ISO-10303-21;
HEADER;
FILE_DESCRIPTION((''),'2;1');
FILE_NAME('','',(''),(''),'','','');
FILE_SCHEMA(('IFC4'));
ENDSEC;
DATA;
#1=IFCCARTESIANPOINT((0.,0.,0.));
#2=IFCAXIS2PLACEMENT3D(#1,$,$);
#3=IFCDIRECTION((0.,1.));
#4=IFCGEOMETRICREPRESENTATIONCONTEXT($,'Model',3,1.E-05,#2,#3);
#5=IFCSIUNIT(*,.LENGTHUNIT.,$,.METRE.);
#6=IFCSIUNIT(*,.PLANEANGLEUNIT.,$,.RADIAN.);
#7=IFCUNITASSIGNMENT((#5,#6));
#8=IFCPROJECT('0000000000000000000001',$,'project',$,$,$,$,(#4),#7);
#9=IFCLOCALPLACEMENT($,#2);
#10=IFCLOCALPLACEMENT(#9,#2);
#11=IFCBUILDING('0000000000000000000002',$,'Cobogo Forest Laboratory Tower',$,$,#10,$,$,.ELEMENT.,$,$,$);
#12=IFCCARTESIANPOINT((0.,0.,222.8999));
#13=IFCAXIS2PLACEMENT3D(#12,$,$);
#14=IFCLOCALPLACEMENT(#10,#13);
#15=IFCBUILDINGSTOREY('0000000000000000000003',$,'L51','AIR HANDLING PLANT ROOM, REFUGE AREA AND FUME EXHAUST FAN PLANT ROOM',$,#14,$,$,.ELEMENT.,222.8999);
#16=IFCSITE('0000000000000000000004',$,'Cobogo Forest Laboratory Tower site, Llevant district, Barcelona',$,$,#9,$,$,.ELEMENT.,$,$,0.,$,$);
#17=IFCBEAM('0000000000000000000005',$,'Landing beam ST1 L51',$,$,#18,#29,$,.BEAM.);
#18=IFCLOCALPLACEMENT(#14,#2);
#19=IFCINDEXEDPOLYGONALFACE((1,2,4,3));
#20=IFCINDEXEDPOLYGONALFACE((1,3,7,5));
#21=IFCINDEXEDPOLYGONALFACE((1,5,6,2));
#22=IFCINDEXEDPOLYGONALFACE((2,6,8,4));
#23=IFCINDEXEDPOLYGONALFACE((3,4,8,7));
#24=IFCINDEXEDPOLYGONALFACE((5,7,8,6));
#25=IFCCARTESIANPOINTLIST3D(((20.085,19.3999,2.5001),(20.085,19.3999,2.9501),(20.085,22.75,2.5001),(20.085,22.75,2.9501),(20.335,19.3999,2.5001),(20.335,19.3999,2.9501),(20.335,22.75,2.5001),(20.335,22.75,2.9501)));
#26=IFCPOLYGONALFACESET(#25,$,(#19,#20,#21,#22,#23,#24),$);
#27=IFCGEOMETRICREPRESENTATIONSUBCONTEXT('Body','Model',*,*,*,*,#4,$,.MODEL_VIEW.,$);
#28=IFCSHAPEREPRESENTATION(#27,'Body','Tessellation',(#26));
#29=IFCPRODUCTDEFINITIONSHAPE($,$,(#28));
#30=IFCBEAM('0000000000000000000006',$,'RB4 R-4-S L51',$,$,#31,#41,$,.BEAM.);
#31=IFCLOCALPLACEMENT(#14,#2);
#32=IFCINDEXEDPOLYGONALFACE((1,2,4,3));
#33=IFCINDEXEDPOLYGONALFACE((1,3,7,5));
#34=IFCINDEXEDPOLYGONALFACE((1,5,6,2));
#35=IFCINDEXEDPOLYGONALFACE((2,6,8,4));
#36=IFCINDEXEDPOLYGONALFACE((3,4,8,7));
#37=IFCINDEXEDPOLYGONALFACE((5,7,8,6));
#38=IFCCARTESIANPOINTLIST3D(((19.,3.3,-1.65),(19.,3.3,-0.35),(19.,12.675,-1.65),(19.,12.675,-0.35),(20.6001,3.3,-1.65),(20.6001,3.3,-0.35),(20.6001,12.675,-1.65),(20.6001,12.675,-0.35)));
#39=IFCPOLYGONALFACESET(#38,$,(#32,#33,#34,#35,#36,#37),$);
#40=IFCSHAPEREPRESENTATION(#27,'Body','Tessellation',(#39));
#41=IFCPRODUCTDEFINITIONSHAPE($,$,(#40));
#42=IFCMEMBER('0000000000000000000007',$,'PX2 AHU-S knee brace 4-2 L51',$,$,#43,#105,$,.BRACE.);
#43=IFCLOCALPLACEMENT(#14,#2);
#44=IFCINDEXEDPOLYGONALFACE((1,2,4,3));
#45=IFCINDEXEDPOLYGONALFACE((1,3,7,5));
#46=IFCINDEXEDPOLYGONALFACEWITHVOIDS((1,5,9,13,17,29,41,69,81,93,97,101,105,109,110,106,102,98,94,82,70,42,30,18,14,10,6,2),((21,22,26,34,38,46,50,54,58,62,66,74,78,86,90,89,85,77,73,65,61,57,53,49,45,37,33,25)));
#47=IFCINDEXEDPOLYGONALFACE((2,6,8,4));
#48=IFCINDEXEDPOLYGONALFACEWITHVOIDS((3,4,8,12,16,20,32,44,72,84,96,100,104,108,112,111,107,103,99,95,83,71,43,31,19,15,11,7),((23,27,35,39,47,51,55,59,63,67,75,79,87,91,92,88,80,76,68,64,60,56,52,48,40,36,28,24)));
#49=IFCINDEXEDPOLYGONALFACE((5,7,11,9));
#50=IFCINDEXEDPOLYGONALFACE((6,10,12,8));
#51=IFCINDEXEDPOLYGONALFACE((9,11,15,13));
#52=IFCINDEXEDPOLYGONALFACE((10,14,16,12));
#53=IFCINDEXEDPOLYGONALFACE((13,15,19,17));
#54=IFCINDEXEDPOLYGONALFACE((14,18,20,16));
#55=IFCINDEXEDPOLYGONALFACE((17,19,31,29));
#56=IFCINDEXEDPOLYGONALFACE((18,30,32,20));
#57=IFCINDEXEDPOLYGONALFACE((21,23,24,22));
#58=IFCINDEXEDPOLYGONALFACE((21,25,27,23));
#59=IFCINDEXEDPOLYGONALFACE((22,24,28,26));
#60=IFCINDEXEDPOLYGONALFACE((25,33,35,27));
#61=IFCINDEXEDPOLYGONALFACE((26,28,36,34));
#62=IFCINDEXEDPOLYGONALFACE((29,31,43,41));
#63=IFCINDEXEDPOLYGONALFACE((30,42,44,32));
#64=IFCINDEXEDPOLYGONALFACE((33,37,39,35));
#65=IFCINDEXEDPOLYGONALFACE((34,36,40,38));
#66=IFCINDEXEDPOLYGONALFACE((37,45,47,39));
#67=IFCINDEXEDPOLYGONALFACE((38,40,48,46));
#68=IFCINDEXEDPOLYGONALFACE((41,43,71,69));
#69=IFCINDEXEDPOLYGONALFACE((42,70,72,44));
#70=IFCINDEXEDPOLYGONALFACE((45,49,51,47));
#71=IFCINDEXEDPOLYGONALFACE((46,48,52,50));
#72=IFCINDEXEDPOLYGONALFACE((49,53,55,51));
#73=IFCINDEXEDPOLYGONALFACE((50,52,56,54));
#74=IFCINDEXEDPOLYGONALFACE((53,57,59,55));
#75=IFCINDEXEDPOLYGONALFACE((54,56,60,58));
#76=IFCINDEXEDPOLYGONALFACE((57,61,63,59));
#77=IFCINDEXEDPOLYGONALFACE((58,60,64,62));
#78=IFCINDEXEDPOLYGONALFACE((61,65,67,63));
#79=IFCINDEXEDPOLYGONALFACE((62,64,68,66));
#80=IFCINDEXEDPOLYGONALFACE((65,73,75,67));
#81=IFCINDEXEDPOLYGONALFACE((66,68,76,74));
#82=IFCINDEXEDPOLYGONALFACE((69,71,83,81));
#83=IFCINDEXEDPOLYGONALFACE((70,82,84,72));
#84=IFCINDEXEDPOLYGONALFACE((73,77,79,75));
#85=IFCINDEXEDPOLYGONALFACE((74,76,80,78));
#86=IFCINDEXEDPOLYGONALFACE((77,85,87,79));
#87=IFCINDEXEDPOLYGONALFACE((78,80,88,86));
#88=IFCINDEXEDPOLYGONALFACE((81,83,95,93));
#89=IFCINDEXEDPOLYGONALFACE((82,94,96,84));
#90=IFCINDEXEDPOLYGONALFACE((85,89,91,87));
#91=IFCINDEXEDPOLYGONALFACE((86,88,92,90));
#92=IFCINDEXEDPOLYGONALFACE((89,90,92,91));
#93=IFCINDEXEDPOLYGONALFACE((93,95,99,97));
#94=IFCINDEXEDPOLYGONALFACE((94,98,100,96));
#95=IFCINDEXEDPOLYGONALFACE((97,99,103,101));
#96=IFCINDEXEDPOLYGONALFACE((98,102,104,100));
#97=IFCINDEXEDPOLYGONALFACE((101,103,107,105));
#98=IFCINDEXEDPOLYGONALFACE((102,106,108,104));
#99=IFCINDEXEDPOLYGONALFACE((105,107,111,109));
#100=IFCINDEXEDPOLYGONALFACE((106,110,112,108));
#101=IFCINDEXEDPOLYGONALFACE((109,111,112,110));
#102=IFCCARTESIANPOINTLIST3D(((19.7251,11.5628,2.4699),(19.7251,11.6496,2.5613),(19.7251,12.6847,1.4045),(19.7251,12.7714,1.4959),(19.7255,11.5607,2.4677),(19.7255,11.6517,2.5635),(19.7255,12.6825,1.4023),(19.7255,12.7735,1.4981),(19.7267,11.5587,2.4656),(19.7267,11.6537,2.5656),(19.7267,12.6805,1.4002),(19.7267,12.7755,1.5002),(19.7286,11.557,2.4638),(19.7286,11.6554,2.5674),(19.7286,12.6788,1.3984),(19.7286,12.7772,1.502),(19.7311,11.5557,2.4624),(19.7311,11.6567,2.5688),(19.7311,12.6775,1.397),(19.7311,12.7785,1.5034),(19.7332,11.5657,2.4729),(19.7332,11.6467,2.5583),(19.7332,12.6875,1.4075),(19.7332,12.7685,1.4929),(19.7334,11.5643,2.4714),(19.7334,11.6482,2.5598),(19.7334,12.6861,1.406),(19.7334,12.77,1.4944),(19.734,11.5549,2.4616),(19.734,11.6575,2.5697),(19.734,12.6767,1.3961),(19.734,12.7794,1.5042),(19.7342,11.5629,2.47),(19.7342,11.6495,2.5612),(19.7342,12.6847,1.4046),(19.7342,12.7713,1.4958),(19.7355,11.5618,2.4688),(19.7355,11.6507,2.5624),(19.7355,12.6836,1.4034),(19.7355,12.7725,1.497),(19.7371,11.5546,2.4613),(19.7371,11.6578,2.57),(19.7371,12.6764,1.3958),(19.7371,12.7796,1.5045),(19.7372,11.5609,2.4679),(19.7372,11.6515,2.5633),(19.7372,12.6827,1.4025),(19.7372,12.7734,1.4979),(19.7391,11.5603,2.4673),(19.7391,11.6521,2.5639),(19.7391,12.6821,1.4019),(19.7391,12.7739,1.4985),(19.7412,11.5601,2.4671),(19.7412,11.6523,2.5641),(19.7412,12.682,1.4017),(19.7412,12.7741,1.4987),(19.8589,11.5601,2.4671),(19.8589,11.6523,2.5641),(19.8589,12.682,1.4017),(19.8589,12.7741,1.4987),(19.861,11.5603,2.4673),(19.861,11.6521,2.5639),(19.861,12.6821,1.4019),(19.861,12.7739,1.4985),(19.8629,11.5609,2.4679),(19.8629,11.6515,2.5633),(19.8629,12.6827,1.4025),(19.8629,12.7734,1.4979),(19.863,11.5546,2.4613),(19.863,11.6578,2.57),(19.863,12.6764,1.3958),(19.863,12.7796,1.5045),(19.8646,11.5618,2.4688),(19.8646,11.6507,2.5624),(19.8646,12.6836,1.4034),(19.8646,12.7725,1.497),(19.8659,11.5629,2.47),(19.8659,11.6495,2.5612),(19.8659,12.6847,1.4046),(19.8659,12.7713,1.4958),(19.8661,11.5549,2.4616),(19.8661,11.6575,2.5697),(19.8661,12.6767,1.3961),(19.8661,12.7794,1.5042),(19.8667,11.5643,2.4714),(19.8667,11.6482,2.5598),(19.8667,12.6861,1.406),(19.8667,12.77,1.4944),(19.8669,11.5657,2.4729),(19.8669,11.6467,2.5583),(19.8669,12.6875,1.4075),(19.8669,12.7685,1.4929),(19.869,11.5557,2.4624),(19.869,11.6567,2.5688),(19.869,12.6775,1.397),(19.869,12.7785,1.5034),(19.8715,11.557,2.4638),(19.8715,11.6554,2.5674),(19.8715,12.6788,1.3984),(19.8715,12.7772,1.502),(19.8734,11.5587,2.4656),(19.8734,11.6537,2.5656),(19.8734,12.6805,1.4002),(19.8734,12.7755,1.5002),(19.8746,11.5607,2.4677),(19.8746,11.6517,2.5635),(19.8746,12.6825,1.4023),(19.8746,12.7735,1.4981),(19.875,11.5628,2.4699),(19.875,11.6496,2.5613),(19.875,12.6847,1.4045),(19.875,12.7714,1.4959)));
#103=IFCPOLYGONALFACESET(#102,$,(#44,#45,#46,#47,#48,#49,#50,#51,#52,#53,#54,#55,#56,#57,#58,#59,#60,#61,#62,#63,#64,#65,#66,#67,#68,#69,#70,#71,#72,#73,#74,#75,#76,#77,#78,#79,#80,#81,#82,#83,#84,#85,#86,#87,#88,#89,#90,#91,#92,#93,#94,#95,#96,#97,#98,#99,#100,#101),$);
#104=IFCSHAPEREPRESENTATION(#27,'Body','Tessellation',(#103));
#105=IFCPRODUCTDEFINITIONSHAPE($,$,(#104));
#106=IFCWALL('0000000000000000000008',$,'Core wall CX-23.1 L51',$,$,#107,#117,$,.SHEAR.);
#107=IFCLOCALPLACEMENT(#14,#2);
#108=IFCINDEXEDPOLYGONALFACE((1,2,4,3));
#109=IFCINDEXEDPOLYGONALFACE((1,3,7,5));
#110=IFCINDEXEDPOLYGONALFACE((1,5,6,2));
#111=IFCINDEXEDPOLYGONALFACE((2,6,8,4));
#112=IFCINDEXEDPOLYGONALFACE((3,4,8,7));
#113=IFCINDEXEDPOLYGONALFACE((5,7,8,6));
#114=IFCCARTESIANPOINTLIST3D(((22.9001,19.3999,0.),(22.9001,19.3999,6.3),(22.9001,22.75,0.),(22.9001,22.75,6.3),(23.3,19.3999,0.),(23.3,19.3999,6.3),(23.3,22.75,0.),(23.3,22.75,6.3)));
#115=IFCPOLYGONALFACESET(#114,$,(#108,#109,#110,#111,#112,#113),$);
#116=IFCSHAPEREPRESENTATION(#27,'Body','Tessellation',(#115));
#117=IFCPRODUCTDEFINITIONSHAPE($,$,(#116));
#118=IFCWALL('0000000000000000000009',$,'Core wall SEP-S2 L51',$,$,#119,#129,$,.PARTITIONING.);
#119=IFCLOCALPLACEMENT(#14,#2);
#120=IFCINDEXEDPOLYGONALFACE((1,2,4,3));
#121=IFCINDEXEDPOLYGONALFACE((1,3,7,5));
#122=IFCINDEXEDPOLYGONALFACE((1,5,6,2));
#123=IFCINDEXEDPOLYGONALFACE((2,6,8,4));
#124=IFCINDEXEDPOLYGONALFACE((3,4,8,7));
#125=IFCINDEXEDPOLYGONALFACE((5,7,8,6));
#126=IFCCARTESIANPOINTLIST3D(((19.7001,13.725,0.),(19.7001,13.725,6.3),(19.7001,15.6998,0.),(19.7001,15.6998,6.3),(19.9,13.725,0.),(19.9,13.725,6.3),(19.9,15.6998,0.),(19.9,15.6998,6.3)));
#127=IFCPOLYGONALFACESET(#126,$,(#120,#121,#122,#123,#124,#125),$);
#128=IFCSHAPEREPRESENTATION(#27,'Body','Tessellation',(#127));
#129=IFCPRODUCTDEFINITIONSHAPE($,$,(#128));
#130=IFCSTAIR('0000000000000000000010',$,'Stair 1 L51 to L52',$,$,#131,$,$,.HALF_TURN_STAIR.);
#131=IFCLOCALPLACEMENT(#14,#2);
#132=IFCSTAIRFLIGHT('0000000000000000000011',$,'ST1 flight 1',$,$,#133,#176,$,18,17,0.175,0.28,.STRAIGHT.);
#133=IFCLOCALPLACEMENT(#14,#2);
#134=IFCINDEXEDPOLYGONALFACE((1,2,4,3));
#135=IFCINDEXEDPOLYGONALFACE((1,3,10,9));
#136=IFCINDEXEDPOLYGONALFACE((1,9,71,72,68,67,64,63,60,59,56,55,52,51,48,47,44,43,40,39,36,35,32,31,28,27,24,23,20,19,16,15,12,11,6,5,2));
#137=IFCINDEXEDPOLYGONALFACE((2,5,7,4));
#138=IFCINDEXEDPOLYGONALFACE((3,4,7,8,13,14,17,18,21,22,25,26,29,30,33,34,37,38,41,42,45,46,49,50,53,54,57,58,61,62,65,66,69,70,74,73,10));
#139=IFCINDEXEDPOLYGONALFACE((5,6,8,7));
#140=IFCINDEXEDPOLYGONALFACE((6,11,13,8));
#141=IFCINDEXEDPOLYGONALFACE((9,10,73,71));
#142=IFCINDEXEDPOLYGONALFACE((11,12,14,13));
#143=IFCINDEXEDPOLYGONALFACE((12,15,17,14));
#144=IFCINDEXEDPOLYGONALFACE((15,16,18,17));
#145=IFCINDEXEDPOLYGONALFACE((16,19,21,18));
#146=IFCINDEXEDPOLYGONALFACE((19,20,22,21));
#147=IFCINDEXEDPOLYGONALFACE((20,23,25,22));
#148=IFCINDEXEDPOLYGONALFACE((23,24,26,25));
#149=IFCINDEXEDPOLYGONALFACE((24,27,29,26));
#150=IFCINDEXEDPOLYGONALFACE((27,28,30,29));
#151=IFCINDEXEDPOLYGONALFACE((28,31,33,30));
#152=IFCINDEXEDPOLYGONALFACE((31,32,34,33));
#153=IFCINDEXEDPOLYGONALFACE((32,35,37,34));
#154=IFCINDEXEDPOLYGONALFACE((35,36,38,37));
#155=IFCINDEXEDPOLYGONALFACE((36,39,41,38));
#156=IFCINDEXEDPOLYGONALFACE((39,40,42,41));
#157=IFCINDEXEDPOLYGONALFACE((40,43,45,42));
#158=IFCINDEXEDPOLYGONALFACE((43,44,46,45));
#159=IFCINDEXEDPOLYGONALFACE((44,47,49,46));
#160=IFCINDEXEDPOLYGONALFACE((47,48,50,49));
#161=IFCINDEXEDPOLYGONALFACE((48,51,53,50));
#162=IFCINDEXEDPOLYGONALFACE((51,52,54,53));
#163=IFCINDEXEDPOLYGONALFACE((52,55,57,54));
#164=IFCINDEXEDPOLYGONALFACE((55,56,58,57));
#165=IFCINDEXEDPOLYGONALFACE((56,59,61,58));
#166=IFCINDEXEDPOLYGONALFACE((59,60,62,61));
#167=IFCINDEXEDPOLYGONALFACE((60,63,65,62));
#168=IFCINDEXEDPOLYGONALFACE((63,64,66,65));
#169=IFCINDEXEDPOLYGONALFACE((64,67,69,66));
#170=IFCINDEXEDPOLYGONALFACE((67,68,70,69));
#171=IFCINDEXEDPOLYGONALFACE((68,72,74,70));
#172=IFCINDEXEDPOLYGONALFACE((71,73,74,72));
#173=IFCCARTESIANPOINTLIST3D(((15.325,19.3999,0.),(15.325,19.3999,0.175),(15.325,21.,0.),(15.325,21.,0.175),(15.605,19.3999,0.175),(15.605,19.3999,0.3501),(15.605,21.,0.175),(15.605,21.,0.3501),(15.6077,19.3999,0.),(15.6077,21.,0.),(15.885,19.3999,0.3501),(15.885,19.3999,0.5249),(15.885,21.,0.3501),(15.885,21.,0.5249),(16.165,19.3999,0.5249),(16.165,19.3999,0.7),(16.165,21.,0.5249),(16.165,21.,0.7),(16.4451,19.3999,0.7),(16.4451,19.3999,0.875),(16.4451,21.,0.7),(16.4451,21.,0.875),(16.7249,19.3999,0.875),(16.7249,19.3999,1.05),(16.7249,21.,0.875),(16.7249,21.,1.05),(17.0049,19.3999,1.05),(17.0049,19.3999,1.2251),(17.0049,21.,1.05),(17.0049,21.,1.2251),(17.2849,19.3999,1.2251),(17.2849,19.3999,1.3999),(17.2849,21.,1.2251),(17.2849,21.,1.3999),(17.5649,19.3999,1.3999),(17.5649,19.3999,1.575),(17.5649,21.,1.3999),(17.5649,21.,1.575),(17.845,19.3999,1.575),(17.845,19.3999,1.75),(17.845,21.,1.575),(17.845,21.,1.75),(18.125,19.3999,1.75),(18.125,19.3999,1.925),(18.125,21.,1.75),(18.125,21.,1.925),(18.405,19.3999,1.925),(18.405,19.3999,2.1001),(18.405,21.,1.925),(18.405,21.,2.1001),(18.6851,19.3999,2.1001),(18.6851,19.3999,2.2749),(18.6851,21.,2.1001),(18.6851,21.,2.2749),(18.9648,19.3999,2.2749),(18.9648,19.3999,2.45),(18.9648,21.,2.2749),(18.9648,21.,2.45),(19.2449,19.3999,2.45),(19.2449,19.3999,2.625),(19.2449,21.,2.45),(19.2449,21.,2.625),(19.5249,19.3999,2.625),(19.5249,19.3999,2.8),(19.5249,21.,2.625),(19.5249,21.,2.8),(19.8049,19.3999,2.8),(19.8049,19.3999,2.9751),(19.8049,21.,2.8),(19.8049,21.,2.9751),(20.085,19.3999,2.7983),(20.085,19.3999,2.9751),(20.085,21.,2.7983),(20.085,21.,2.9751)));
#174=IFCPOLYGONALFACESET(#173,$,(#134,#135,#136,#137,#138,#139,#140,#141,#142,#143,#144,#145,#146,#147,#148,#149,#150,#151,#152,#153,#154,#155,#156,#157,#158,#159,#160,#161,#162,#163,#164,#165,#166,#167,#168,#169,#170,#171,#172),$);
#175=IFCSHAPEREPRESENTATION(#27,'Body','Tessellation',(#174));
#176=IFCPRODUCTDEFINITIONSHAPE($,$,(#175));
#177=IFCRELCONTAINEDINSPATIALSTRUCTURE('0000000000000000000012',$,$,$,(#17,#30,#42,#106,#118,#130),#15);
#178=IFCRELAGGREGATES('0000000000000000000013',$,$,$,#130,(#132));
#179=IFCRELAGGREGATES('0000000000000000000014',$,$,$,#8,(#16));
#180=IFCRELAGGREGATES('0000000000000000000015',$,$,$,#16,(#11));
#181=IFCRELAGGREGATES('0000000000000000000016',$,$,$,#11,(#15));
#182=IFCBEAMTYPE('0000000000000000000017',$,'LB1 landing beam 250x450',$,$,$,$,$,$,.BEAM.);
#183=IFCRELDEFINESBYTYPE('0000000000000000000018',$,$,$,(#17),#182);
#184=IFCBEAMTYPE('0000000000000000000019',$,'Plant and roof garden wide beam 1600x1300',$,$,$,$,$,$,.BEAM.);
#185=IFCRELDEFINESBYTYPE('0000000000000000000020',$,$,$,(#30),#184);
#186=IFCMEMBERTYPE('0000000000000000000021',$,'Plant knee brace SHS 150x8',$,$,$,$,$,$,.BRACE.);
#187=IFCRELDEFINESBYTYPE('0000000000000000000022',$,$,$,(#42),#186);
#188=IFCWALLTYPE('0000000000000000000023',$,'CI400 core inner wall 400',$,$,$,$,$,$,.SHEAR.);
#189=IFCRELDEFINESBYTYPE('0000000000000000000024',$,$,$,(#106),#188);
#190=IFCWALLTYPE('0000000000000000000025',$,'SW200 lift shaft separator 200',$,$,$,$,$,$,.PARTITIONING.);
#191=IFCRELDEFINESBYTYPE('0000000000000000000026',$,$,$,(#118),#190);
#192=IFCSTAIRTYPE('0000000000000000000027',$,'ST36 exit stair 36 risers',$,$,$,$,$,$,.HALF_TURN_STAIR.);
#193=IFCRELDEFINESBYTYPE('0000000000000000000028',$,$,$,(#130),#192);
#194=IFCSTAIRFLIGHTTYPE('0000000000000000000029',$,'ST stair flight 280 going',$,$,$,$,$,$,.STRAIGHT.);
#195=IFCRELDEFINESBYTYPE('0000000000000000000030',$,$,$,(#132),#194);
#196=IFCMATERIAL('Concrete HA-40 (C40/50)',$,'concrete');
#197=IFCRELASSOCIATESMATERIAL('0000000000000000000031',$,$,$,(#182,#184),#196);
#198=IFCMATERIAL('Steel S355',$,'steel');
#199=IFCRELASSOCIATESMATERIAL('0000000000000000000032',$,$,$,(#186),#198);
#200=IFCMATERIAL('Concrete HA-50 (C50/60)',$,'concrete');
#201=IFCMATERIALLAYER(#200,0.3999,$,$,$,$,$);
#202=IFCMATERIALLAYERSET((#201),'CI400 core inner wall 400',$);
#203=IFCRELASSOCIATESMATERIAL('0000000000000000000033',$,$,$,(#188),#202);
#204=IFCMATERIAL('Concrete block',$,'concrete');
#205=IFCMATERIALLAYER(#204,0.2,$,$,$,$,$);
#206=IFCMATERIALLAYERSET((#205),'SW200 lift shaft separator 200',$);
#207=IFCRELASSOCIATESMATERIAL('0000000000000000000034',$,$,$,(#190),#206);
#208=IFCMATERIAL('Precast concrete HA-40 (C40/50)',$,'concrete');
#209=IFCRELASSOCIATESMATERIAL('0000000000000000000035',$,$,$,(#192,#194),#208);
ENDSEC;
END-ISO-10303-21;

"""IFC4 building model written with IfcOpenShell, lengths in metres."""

from ifc_helpers import new_model, si_unit, direction, frame, frame_2d, origin, origin_2d, place, context, subcontext, project, spatial, polyline, rectangle, hollow_rectangle, outline, extrude, material, layer, layer_set, material_profile, profile_set, type_object, element, aggregate, save


model = new_model("IFC4")

# Units and contexts
model_context = context("Model", 3, precision=1e-05, world=origin(), true_north=direction((0.0, 1.0)))
body_context = subcontext(model_context, "Body", "Model", "MODEL_VIEW")
ifc_project = project(units=[si_unit("LENGTHUNIT", "METRE"), si_unit("PLANEANGLEUNIT", "RADIAN")], contexts=[model_context])

# Site, building, storey
site_placement = place(None, origin())
site = spatial("IfcSite", under=ifc_project, at=site_placement, Name="Cobogo Forest Laboratory Tower site, Llevant district, Barcelona", CompositionType="ELEMENT", RefElevation=0.0)
building_placement = place(site_placement, origin())
building = spatial("IfcBuilding", under=site, at=building_placement, Name="Cobogo Forest Laboratory Tower", CompositionType="ELEMENT")
storey_placement = place(building_placement, frame((0.0, 0.0, 222.8999)))
storey = spatial("IfcBuildingStorey", under=building, at=storey_placement, Name="L51", Description="AIR HANDLING PLANT ROOM, REFUGE AREA AND FUME EXHAUST FAN PLANT ROOM", CompositionType="ELEMENT", Elevation=222.8999)

# Beams
ifc_material_1 = material(Name="Concrete HA-40 (C40/50)", Category="concrete")
ifc_material_profile_1 = material_profile(ifc_material_1, rectangle(XDim=0.25, YDim=0.45, at=origin_2d()), Name="RC 250x450")
ifc_profile_set_1 = profile_set([ifc_material_profile_1], Name="Concrete HA-40 (C40/50)")
beam_type_1 = type_object("IfcBeamType", Name="LB1 landing beam 250x450", PredefinedType="BEAM", material=ifc_profile_set_1)
beam_1_placement = place(storey_placement, frame((20.21, 19.3999, 2.7251), z_axis=(0.0, 1.0, 0.0), x_axis=(-1.0, 0.0, 0.0)))
element("IfcBeam", 1, at=beam_1_placement, inside=storey, type_object=beam_type_1, Name="Landing beam ST1 L51", PredefinedType="BEAM", context=body_context, shape_type="SweptSolid", body=[
    extrude(rectangle(XDim=0.25, YDim=0.45, at=origin_2d()), origin(), (0.0, 0.0, 1.0), 3.3501),
])
ifc_material_profile_2 = material_profile(ifc_material_1, rectangle(XDim=1.6001, YDim=1.3, at=origin_2d()), Name="RC 1600x1300")
ifc_profile_set_2 = profile_set([ifc_material_profile_2], Name="Concrete HA-40 (C40/50)")
beam_type_2 = type_object("IfcBeamType", Name="Plant and roof garden wide beam 1600x1300", PredefinedType="BEAM", material=ifc_profile_set_2)
beam_2_placement = place(storey_placement, frame((19.8, 12.675, -1.0), z_axis=(0.0, -1.0, 0.0), x_axis=(1.0, 0.0, 0.0)))
element("IfcBeam", 2, at=beam_2_placement, inside=storey, type_object=beam_type_2, Name="RB4 R-4-S L51", PredefinedType="BEAM", context=body_context, shape_type="SweptSolid", body=[
    extrude(rectangle(XDim=1.6001, YDim=1.3, at=origin_2d()), origin(), (0.0, 0.0, 1.0), 9.375),
])

# Member
ifc_material_2 = material(Name="Steel S355", Category="steel")
ifc_material_profile_3 = material_profile(ifc_material_2, hollow_rectangle(XDim=0.1499, YDim=0.1499, WallThickness=0.0081, InnerFilletRadius=0.0081, OuterFilletRadius=0.012, at=origin_2d()), Name="SHS 150x8")
ifc_profile_set_3 = profile_set([ifc_material_profile_3], Name="Steel S355")
member_type = type_object("IfcMemberType", Name="Plant knee brace SHS 150x8", PredefinedType="BRACE", material=ifc_profile_set_3)
member_placement = place(storey_placement, frame((19.8, 12.728, 1.4502), z_axis=(0.0, -0.725098, 0.688646), x_axis=(1.0, 0.0, 0.0)))
element("IfcMember", 3, at=member_placement, inside=storey, type_object=member_type, Name="PX2 AHU-S knee brace 4-2 L51", PredefinedType="BRACE", context=body_context, shape_type="SweptSolid", body=[
    extrude(hollow_rectangle(XDim=0.1499, YDim=0.1499, WallThickness=0.0081, InnerFilletRadius=0.0081, OuterFilletRadius=0.012, at=origin_2d()), origin(), (0.0, 0.0, 1.0), 1.5471),
])

# Walls
ifc_material_3 = material(Name="Concrete HA-50 (C50/60)", Category="concrete")
ifc_layer_1 = layer(ifc_material_3, 0.3999)
ifc_layer_set_1 = layer_set([ifc_layer_1], Name="CI400 core inner wall 400")
wall_type_1 = type_object("IfcWallType", Name="CI400 core inner wall 400", PredefinedType="SHEAR", material=ifc_layer_set_1)
wall_1_placement = place(storey_placement, frame((23.1001, 19.3999, 0.0), z_axis=(0.0, 0.0, 1.0), x_axis=(0.0, 1.0, 0.0)))
element("IfcWall", 4, at=wall_1_placement, inside=storey, type_object=wall_type_1, Name="Core wall CX-23.1 L51", PredefinedType="SHEAR", context=body_context, shape_type="SweptSolid", body=[
    extrude(rectangle(XDim=3.3501, YDim=0.3999, at=frame_2d((1.675, 0.0))), origin(), (0.0, 0.0, 1.0), 6.3),
])
ifc_material_4 = material(Name="Concrete block", Category="concrete")
ifc_layer_2 = layer(ifc_material_4, 0.2)
ifc_layer_set_2 = layer_set([ifc_layer_2], Name="SW200 lift shaft separator 200")
wall_type_2 = type_object("IfcWallType", Name="SW200 lift shaft separator 200", PredefinedType="PARTITIONING", material=ifc_layer_set_2)
wall_2_placement = place(storey_placement, frame((19.8, 13.7251, 0.0), z_axis=(0.0, 0.0, 1.0), x_axis=(0.0, 1.0, 0.0)))
element("IfcWall", 5, at=wall_2_placement, inside=storey, type_object=wall_type_2, Name="Core wall SEP-S2 L51", PredefinedType="PARTITIONING", context=body_context, shape_type="SweptSolid", body=[
    extrude(rectangle(XDim=1.9749, YDim=0.2, at=frame_2d((0.9873, 0.0))), origin(), (0.0, 0.0, 1.0), 6.3),
])

# Stair, stair flight
ifc_material_5 = material(Name="Precast concrete HA-40 (C40/50)", Category="concrete")
stair_type = type_object("IfcStairType", Name="ST36 exit stair 36 risers", PredefinedType="HALF_TURN_STAIR", material=ifc_material_5)
stair_placement = place(storey_placement, origin())
stair = element("IfcStair", 6, at=stair_placement, inside=storey, type_object=stair_type, Name="Stair 1 L51 to L52", PredefinedType="HALF_TURN_STAIR")
stair_flight_type = type_object("IfcStairFlightType", Name="ST stair flight 280 going", PredefinedType="STRAIGHT", material=ifc_material_5)
stair_flight_1_placement = place(storey_placement, frame((15.325, 20.2, 0.0), z_axis=(0.0, 0.0, 1.0), x_axis=(1.0, 0.0, 0.0)))
stair_flight_1 = element("IfcStairFlight", 7, at=stair_flight_1_placement, type_object=stair_flight_type, Name="ST1 flight 1", NumberOfRisers=18, NumberOfTreads=17, PredefinedType="STRAIGHT", RiserHeight=0.175, TreadLength=0.28, context=body_context, shape_type="SweptSolid", body=[
    extrude(outline(polyline([(0.0, 0.0), (0.0, 0.175), (0.28, 0.175), (0.28, 0.3501), (0.5601, 0.3501), (0.5601, 0.5249), (0.8401, 0.5249), (0.8401, 0.7), (1.1201, 0.7), (1.1201, 0.875), (1.3999, 0.875), (1.3999, 1.05), (1.6799, 1.05), (1.6799, 1.2251), (1.96, 1.2251), (1.96, 1.3999), (2.24, 1.3999), (2.24, 1.575), (2.52, 1.575), (2.52, 1.75), (2.8, 1.75), (2.8, 1.925), (3.0801, 1.925), (3.0801, 2.1001), (3.3601, 2.1001), (3.3601, 2.2749), (3.6399, 2.2749), (3.6399, 2.45), (3.9199, 2.45), (3.9199, 2.625), (4.2, 2.625), (4.2, 2.8), (4.48, 2.8), (4.48, 2.9751), (4.76, 2.9751), (4.76, 3.1499), (4.76, 2.7983), (0.2827, 0.0), (0.0, 0.0)])), frame((0.0, 0.8, 0.0), z_axis=(0.0, -1.0, 0.0), x_axis=(1.0, 0.0, 0.0)), (0.0, 0.0, 1.0), 1.6001),
])
aggregate(stair, [stair_flight_1])

save(model, "model.ifc")
